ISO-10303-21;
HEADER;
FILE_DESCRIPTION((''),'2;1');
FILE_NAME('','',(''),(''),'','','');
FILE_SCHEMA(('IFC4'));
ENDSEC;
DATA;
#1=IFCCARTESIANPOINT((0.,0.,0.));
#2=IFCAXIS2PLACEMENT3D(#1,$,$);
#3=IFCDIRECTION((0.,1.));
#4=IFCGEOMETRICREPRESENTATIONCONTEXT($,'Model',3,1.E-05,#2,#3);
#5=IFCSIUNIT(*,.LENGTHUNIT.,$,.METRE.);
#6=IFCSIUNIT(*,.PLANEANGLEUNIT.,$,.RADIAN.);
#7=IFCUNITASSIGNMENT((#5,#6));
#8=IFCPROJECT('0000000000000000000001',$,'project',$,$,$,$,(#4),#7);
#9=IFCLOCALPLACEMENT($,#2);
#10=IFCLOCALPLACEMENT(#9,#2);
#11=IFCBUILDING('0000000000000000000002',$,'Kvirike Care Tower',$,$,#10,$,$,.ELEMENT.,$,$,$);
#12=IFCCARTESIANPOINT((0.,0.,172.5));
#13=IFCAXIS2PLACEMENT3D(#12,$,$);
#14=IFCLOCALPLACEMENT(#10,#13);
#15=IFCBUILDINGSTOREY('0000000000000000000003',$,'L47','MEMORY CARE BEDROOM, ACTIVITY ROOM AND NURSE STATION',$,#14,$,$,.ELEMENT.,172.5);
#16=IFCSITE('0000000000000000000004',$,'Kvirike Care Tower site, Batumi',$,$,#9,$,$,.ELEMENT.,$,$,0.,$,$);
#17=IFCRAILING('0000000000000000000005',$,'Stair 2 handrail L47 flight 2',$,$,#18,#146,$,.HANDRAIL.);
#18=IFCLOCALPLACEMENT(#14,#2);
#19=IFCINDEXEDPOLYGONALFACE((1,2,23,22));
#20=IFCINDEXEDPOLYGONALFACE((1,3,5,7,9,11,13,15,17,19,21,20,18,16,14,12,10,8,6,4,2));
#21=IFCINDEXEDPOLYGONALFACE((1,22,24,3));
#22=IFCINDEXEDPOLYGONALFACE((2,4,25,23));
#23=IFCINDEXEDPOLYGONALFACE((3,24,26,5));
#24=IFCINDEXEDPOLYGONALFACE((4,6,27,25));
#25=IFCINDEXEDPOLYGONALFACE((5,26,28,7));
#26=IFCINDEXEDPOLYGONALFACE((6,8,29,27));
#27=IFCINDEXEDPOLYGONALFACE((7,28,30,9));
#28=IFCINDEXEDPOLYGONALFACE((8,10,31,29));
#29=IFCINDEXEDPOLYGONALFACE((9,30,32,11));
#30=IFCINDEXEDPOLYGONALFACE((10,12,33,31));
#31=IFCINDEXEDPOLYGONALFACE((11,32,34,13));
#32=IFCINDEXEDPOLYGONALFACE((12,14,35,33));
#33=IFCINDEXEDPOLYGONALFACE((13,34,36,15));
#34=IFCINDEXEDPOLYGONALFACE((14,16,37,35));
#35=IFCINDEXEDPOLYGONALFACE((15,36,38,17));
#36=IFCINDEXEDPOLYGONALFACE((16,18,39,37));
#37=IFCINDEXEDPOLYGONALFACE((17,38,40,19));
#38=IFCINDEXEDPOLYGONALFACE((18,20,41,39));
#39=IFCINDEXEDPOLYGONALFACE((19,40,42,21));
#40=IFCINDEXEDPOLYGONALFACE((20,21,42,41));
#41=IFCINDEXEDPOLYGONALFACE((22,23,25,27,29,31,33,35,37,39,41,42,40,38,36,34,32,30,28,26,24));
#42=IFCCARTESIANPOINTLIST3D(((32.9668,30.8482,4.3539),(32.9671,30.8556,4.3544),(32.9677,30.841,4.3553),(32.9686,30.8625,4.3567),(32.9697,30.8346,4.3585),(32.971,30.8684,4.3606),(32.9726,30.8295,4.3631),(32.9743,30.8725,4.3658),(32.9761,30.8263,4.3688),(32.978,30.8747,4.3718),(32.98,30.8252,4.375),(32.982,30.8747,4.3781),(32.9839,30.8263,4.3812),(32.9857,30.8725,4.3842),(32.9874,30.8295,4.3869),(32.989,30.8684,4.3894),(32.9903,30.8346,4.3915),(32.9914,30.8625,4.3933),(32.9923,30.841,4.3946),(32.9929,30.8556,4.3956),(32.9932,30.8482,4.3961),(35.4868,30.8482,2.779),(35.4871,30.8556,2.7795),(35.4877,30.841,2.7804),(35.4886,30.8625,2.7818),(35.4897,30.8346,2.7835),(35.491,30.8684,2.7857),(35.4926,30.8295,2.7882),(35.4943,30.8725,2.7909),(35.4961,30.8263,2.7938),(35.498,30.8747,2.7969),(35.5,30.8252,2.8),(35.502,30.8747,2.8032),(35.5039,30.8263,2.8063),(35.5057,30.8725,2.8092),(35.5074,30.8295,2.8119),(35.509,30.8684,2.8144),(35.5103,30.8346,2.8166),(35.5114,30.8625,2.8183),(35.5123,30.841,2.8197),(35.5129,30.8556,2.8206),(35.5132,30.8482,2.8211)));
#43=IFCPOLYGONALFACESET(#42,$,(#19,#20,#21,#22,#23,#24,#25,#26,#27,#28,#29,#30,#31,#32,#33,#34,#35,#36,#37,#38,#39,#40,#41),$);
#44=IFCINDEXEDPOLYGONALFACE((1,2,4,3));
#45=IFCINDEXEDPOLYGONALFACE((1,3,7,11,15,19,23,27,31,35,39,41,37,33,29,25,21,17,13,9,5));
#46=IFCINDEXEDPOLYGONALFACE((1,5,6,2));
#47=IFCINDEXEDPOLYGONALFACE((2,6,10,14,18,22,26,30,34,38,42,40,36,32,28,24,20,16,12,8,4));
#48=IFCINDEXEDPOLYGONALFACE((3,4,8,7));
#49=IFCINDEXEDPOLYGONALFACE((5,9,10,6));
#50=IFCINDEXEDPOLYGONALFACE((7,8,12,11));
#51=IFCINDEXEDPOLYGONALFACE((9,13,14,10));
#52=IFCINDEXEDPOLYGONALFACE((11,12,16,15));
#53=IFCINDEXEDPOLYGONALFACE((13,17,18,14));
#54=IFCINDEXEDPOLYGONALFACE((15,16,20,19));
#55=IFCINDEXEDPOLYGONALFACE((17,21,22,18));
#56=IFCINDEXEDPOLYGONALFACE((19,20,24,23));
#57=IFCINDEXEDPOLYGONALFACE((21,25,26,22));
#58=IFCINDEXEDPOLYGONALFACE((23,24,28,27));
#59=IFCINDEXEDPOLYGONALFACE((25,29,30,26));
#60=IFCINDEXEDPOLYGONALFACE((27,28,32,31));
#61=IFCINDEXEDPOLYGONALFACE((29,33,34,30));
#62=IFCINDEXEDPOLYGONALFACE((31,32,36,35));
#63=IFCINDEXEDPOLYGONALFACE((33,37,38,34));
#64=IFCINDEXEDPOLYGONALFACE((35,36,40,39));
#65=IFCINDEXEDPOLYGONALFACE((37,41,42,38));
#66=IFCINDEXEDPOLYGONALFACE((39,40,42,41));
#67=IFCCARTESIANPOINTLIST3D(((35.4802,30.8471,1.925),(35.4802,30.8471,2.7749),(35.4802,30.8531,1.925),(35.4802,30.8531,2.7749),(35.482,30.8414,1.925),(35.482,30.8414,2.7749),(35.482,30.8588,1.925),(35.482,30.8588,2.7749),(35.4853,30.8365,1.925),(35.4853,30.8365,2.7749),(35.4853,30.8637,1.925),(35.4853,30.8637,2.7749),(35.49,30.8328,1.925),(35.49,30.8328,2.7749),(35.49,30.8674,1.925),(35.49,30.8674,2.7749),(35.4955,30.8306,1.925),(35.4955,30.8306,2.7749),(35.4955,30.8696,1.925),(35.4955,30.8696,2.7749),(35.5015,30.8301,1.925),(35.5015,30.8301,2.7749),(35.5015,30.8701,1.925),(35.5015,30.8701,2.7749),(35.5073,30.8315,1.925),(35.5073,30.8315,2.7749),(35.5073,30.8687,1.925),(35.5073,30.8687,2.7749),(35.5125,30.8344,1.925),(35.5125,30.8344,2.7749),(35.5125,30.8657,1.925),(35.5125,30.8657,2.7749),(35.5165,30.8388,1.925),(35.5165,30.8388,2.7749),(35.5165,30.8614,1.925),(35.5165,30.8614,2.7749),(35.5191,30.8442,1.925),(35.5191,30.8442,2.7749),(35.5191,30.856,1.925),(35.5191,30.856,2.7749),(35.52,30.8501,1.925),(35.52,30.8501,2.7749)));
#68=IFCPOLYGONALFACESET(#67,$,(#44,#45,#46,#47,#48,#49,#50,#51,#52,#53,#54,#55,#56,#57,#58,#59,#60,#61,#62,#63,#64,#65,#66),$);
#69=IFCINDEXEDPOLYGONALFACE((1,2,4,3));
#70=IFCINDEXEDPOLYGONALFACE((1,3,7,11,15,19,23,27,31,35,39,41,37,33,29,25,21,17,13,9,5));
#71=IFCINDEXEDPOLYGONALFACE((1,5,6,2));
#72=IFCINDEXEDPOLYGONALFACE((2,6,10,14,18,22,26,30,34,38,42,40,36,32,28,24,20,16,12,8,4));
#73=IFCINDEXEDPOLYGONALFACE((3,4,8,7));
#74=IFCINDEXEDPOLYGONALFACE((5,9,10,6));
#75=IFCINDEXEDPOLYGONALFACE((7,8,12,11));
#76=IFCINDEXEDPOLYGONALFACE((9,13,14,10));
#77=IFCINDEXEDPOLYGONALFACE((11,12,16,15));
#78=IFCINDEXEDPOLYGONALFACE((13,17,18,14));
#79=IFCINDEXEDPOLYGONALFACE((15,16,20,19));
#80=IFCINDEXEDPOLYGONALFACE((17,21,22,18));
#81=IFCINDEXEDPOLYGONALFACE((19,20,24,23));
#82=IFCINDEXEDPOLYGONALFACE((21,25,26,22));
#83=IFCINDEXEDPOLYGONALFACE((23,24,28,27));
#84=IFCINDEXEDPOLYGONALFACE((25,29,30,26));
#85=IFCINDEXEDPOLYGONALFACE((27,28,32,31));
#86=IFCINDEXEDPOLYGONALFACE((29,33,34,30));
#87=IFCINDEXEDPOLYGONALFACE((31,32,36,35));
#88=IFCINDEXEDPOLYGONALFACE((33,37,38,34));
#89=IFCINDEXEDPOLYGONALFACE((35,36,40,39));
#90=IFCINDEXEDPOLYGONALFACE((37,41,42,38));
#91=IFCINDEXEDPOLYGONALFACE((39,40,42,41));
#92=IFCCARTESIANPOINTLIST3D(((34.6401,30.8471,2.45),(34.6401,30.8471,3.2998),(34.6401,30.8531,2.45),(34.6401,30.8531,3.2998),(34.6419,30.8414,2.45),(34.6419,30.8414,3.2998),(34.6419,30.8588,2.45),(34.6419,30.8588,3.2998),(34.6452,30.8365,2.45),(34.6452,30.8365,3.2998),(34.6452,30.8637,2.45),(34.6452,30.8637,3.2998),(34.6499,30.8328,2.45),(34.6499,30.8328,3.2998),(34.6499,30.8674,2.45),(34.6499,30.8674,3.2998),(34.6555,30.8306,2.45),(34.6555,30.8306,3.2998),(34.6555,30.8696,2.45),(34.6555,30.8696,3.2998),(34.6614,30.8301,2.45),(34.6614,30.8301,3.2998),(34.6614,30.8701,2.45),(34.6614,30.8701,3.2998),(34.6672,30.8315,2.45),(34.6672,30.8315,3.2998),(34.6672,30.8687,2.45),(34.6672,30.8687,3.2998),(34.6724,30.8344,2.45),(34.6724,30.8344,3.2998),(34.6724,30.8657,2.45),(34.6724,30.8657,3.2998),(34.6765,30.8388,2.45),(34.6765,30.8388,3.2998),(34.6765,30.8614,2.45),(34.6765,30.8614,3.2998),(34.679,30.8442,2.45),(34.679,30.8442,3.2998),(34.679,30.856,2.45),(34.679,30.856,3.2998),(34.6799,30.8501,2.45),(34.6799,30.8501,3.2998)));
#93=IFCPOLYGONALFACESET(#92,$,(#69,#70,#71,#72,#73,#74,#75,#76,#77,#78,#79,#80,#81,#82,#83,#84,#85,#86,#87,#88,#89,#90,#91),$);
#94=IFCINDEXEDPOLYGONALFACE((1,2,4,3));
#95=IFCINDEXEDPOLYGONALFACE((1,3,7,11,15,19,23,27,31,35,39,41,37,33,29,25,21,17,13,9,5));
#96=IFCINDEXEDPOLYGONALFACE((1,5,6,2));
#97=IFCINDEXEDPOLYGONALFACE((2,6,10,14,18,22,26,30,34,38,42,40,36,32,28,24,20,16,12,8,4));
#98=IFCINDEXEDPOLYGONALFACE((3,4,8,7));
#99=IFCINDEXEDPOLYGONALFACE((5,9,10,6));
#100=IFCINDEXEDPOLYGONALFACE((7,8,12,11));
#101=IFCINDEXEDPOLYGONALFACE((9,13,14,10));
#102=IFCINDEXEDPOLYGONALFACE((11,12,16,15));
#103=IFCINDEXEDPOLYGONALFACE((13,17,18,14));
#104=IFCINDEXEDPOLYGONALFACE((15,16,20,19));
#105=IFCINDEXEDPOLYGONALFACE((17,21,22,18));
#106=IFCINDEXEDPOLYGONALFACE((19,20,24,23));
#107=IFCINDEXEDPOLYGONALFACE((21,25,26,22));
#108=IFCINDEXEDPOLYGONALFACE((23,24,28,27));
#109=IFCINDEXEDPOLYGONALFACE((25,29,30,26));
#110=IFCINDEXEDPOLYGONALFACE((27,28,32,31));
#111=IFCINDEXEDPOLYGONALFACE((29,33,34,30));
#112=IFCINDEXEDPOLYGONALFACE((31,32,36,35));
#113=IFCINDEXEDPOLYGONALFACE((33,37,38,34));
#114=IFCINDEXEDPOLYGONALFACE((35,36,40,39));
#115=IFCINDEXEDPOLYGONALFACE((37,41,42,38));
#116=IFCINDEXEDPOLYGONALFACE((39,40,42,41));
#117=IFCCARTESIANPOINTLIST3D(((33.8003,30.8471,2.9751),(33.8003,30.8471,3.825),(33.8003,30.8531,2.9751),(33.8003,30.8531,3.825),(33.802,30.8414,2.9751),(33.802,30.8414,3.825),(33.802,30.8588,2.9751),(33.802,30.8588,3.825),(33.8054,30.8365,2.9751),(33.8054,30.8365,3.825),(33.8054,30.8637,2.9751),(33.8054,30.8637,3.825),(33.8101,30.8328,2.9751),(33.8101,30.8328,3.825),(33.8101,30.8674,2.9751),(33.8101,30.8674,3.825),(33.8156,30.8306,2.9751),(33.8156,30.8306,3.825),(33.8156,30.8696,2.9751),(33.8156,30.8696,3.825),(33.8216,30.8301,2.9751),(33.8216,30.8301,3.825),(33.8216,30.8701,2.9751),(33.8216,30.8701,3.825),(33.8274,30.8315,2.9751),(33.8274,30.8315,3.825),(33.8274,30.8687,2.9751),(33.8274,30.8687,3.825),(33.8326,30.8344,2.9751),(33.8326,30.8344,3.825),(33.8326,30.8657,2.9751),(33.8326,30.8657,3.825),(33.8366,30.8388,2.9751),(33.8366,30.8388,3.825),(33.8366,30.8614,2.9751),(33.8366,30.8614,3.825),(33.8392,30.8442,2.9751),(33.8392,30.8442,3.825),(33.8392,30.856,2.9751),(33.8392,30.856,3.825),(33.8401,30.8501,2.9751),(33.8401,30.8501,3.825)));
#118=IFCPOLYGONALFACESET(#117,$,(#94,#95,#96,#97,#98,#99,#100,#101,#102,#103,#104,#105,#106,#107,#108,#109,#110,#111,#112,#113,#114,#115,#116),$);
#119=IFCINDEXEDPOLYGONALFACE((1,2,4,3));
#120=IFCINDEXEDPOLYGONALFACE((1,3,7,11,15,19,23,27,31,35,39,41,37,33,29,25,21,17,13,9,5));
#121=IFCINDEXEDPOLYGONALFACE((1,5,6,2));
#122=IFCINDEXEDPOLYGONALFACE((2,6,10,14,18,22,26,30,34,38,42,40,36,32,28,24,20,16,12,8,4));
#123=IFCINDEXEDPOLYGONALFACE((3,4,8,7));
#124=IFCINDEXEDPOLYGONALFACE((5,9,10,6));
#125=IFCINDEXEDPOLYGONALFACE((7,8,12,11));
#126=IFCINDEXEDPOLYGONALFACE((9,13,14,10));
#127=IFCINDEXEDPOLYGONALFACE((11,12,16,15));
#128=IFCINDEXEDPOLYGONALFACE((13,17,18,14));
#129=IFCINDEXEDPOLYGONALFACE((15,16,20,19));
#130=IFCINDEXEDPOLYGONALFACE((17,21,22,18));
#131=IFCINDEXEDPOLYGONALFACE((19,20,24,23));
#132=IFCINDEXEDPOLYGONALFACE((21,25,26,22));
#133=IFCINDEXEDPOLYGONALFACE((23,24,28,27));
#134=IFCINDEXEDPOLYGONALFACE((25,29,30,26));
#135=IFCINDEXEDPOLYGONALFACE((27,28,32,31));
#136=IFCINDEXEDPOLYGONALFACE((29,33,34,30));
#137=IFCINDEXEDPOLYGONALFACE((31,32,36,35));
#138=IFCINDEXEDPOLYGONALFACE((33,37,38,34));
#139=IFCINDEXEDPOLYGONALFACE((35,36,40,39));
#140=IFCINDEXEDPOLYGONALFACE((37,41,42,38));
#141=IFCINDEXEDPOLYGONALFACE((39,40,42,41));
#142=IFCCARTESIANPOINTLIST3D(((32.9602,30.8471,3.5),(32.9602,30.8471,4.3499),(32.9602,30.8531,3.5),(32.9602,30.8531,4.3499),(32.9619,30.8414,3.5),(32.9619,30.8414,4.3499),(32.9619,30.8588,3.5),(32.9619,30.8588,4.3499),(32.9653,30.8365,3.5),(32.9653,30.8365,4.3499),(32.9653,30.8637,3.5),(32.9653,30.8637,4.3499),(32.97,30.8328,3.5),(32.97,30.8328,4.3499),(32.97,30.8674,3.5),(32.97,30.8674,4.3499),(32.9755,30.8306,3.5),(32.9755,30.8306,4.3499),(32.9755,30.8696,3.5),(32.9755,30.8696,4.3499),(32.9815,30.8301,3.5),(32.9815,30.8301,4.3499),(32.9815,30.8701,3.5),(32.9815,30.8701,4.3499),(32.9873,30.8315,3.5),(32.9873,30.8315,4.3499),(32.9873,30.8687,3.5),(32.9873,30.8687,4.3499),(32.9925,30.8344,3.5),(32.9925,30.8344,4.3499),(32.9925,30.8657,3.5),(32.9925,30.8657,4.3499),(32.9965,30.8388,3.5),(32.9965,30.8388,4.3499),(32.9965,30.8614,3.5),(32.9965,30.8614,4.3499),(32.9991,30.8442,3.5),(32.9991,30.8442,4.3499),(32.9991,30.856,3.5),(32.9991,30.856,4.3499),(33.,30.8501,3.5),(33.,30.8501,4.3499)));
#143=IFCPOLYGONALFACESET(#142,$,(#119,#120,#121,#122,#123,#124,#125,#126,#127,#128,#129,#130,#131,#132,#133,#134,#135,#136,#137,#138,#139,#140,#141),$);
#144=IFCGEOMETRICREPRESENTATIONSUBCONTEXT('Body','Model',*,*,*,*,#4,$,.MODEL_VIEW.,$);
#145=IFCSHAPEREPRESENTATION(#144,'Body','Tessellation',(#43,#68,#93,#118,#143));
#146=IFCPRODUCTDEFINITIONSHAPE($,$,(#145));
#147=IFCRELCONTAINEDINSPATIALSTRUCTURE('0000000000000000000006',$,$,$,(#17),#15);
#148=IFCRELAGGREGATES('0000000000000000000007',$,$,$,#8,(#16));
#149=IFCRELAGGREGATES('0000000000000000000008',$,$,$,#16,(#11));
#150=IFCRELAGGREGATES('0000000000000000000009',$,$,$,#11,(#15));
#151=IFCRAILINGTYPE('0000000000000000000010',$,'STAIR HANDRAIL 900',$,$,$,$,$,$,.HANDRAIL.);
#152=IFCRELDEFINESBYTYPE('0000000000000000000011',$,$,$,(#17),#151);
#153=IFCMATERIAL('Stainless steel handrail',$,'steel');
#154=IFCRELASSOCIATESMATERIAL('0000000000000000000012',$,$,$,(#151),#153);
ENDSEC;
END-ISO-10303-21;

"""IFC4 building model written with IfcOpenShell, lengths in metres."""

from ifc_helpers import new_model, si_unit, direction, frame, origin, origin_2d, place, context, subcontext, project, spatial, circle, extrude, material, type_object, element, save


model = new_model("IFC4")

# Units and contexts
model_context = context("Model", 3, precision=1e-05, world=origin(), true_north=direction((0.0, 1.0)))
body_context = subcontext(model_context, "Body", "Model", "MODEL_VIEW")
ifc_project = project(units=[si_unit("LENGTHUNIT", "METRE"), si_unit("PLANEANGLEUNIT", "RADIAN")], contexts=[model_context])

# Site, building, storey
site_placement = place(None, origin())
site = spatial("IfcSite", under=ifc_project, at=site_placement, Name="Kvirike Care Tower site, Batumi", CompositionType="ELEMENT", RefElevation=0.0)
building_placement = place(site_placement, origin())
building = spatial("IfcBuilding", under=site, at=building_placement, Name="Kvirike Care Tower", CompositionType="ELEMENT")
storey_placement = place(building_placement, frame((0.0, 0.0, 172.5)))
storey = spatial("IfcBuildingStorey", under=building, at=storey_placement, Name="L47", Description="MEMORY CARE BEDROOM, ACTIVITY ROOM AND NURSE STATION", CompositionType="ELEMENT", Elevation=172.5)

# Railing
ifc_material_1 = material(Name="Stainless steel handrail", Category="steel")
railing_type = type_object("IfcRailingType", Name="STAIR HANDRAIL 900", PredefinedType="HANDRAIL", material=ifc_material_1)
railing_1_placement = place(storey_placement, frame((35.5, 30.8501, 1.925)))
element("IfcRailing", 1, at=railing_1_placement, inside=storey, type_object=railing_type, Name="Stair 2 handrail L47 flight 2", PredefinedType="HANDRAIL", context=body_context, shape_type="SweptSolid", body=[
    extrude(circle(Radius=0.0249, at=origin_2d()), frame((0.0, 0.0, 0.875), z_axis=(-0.848008, 0.0, 0.529984), x_axis=(0.0, -1.0, 0.0)), (0.0, 0.0, 1.0), 2.9717),
    extrude(circle(Radius=0.02, at=origin_2d()), origin(), (0.0, 0.0, 1.0), 0.8499),
    extrude(circle(Radius=0.02, at=origin_2d()), frame((-0.8401, 0.0, 0.5249)), (0.0, 0.0, 1.0), 0.8499),
    extrude(circle(Radius=0.02, at=origin_2d()), frame((-1.6799, 0.0, 1.05)), (0.0, 0.0, 1.0), 0.8499),
    extrude(circle(Radius=0.02, at=origin_2d()), frame((-2.52, 0.0, 1.575)), (0.0, 0.0, 1.0), 0.8499),
])

save(model, "model.ifc")
